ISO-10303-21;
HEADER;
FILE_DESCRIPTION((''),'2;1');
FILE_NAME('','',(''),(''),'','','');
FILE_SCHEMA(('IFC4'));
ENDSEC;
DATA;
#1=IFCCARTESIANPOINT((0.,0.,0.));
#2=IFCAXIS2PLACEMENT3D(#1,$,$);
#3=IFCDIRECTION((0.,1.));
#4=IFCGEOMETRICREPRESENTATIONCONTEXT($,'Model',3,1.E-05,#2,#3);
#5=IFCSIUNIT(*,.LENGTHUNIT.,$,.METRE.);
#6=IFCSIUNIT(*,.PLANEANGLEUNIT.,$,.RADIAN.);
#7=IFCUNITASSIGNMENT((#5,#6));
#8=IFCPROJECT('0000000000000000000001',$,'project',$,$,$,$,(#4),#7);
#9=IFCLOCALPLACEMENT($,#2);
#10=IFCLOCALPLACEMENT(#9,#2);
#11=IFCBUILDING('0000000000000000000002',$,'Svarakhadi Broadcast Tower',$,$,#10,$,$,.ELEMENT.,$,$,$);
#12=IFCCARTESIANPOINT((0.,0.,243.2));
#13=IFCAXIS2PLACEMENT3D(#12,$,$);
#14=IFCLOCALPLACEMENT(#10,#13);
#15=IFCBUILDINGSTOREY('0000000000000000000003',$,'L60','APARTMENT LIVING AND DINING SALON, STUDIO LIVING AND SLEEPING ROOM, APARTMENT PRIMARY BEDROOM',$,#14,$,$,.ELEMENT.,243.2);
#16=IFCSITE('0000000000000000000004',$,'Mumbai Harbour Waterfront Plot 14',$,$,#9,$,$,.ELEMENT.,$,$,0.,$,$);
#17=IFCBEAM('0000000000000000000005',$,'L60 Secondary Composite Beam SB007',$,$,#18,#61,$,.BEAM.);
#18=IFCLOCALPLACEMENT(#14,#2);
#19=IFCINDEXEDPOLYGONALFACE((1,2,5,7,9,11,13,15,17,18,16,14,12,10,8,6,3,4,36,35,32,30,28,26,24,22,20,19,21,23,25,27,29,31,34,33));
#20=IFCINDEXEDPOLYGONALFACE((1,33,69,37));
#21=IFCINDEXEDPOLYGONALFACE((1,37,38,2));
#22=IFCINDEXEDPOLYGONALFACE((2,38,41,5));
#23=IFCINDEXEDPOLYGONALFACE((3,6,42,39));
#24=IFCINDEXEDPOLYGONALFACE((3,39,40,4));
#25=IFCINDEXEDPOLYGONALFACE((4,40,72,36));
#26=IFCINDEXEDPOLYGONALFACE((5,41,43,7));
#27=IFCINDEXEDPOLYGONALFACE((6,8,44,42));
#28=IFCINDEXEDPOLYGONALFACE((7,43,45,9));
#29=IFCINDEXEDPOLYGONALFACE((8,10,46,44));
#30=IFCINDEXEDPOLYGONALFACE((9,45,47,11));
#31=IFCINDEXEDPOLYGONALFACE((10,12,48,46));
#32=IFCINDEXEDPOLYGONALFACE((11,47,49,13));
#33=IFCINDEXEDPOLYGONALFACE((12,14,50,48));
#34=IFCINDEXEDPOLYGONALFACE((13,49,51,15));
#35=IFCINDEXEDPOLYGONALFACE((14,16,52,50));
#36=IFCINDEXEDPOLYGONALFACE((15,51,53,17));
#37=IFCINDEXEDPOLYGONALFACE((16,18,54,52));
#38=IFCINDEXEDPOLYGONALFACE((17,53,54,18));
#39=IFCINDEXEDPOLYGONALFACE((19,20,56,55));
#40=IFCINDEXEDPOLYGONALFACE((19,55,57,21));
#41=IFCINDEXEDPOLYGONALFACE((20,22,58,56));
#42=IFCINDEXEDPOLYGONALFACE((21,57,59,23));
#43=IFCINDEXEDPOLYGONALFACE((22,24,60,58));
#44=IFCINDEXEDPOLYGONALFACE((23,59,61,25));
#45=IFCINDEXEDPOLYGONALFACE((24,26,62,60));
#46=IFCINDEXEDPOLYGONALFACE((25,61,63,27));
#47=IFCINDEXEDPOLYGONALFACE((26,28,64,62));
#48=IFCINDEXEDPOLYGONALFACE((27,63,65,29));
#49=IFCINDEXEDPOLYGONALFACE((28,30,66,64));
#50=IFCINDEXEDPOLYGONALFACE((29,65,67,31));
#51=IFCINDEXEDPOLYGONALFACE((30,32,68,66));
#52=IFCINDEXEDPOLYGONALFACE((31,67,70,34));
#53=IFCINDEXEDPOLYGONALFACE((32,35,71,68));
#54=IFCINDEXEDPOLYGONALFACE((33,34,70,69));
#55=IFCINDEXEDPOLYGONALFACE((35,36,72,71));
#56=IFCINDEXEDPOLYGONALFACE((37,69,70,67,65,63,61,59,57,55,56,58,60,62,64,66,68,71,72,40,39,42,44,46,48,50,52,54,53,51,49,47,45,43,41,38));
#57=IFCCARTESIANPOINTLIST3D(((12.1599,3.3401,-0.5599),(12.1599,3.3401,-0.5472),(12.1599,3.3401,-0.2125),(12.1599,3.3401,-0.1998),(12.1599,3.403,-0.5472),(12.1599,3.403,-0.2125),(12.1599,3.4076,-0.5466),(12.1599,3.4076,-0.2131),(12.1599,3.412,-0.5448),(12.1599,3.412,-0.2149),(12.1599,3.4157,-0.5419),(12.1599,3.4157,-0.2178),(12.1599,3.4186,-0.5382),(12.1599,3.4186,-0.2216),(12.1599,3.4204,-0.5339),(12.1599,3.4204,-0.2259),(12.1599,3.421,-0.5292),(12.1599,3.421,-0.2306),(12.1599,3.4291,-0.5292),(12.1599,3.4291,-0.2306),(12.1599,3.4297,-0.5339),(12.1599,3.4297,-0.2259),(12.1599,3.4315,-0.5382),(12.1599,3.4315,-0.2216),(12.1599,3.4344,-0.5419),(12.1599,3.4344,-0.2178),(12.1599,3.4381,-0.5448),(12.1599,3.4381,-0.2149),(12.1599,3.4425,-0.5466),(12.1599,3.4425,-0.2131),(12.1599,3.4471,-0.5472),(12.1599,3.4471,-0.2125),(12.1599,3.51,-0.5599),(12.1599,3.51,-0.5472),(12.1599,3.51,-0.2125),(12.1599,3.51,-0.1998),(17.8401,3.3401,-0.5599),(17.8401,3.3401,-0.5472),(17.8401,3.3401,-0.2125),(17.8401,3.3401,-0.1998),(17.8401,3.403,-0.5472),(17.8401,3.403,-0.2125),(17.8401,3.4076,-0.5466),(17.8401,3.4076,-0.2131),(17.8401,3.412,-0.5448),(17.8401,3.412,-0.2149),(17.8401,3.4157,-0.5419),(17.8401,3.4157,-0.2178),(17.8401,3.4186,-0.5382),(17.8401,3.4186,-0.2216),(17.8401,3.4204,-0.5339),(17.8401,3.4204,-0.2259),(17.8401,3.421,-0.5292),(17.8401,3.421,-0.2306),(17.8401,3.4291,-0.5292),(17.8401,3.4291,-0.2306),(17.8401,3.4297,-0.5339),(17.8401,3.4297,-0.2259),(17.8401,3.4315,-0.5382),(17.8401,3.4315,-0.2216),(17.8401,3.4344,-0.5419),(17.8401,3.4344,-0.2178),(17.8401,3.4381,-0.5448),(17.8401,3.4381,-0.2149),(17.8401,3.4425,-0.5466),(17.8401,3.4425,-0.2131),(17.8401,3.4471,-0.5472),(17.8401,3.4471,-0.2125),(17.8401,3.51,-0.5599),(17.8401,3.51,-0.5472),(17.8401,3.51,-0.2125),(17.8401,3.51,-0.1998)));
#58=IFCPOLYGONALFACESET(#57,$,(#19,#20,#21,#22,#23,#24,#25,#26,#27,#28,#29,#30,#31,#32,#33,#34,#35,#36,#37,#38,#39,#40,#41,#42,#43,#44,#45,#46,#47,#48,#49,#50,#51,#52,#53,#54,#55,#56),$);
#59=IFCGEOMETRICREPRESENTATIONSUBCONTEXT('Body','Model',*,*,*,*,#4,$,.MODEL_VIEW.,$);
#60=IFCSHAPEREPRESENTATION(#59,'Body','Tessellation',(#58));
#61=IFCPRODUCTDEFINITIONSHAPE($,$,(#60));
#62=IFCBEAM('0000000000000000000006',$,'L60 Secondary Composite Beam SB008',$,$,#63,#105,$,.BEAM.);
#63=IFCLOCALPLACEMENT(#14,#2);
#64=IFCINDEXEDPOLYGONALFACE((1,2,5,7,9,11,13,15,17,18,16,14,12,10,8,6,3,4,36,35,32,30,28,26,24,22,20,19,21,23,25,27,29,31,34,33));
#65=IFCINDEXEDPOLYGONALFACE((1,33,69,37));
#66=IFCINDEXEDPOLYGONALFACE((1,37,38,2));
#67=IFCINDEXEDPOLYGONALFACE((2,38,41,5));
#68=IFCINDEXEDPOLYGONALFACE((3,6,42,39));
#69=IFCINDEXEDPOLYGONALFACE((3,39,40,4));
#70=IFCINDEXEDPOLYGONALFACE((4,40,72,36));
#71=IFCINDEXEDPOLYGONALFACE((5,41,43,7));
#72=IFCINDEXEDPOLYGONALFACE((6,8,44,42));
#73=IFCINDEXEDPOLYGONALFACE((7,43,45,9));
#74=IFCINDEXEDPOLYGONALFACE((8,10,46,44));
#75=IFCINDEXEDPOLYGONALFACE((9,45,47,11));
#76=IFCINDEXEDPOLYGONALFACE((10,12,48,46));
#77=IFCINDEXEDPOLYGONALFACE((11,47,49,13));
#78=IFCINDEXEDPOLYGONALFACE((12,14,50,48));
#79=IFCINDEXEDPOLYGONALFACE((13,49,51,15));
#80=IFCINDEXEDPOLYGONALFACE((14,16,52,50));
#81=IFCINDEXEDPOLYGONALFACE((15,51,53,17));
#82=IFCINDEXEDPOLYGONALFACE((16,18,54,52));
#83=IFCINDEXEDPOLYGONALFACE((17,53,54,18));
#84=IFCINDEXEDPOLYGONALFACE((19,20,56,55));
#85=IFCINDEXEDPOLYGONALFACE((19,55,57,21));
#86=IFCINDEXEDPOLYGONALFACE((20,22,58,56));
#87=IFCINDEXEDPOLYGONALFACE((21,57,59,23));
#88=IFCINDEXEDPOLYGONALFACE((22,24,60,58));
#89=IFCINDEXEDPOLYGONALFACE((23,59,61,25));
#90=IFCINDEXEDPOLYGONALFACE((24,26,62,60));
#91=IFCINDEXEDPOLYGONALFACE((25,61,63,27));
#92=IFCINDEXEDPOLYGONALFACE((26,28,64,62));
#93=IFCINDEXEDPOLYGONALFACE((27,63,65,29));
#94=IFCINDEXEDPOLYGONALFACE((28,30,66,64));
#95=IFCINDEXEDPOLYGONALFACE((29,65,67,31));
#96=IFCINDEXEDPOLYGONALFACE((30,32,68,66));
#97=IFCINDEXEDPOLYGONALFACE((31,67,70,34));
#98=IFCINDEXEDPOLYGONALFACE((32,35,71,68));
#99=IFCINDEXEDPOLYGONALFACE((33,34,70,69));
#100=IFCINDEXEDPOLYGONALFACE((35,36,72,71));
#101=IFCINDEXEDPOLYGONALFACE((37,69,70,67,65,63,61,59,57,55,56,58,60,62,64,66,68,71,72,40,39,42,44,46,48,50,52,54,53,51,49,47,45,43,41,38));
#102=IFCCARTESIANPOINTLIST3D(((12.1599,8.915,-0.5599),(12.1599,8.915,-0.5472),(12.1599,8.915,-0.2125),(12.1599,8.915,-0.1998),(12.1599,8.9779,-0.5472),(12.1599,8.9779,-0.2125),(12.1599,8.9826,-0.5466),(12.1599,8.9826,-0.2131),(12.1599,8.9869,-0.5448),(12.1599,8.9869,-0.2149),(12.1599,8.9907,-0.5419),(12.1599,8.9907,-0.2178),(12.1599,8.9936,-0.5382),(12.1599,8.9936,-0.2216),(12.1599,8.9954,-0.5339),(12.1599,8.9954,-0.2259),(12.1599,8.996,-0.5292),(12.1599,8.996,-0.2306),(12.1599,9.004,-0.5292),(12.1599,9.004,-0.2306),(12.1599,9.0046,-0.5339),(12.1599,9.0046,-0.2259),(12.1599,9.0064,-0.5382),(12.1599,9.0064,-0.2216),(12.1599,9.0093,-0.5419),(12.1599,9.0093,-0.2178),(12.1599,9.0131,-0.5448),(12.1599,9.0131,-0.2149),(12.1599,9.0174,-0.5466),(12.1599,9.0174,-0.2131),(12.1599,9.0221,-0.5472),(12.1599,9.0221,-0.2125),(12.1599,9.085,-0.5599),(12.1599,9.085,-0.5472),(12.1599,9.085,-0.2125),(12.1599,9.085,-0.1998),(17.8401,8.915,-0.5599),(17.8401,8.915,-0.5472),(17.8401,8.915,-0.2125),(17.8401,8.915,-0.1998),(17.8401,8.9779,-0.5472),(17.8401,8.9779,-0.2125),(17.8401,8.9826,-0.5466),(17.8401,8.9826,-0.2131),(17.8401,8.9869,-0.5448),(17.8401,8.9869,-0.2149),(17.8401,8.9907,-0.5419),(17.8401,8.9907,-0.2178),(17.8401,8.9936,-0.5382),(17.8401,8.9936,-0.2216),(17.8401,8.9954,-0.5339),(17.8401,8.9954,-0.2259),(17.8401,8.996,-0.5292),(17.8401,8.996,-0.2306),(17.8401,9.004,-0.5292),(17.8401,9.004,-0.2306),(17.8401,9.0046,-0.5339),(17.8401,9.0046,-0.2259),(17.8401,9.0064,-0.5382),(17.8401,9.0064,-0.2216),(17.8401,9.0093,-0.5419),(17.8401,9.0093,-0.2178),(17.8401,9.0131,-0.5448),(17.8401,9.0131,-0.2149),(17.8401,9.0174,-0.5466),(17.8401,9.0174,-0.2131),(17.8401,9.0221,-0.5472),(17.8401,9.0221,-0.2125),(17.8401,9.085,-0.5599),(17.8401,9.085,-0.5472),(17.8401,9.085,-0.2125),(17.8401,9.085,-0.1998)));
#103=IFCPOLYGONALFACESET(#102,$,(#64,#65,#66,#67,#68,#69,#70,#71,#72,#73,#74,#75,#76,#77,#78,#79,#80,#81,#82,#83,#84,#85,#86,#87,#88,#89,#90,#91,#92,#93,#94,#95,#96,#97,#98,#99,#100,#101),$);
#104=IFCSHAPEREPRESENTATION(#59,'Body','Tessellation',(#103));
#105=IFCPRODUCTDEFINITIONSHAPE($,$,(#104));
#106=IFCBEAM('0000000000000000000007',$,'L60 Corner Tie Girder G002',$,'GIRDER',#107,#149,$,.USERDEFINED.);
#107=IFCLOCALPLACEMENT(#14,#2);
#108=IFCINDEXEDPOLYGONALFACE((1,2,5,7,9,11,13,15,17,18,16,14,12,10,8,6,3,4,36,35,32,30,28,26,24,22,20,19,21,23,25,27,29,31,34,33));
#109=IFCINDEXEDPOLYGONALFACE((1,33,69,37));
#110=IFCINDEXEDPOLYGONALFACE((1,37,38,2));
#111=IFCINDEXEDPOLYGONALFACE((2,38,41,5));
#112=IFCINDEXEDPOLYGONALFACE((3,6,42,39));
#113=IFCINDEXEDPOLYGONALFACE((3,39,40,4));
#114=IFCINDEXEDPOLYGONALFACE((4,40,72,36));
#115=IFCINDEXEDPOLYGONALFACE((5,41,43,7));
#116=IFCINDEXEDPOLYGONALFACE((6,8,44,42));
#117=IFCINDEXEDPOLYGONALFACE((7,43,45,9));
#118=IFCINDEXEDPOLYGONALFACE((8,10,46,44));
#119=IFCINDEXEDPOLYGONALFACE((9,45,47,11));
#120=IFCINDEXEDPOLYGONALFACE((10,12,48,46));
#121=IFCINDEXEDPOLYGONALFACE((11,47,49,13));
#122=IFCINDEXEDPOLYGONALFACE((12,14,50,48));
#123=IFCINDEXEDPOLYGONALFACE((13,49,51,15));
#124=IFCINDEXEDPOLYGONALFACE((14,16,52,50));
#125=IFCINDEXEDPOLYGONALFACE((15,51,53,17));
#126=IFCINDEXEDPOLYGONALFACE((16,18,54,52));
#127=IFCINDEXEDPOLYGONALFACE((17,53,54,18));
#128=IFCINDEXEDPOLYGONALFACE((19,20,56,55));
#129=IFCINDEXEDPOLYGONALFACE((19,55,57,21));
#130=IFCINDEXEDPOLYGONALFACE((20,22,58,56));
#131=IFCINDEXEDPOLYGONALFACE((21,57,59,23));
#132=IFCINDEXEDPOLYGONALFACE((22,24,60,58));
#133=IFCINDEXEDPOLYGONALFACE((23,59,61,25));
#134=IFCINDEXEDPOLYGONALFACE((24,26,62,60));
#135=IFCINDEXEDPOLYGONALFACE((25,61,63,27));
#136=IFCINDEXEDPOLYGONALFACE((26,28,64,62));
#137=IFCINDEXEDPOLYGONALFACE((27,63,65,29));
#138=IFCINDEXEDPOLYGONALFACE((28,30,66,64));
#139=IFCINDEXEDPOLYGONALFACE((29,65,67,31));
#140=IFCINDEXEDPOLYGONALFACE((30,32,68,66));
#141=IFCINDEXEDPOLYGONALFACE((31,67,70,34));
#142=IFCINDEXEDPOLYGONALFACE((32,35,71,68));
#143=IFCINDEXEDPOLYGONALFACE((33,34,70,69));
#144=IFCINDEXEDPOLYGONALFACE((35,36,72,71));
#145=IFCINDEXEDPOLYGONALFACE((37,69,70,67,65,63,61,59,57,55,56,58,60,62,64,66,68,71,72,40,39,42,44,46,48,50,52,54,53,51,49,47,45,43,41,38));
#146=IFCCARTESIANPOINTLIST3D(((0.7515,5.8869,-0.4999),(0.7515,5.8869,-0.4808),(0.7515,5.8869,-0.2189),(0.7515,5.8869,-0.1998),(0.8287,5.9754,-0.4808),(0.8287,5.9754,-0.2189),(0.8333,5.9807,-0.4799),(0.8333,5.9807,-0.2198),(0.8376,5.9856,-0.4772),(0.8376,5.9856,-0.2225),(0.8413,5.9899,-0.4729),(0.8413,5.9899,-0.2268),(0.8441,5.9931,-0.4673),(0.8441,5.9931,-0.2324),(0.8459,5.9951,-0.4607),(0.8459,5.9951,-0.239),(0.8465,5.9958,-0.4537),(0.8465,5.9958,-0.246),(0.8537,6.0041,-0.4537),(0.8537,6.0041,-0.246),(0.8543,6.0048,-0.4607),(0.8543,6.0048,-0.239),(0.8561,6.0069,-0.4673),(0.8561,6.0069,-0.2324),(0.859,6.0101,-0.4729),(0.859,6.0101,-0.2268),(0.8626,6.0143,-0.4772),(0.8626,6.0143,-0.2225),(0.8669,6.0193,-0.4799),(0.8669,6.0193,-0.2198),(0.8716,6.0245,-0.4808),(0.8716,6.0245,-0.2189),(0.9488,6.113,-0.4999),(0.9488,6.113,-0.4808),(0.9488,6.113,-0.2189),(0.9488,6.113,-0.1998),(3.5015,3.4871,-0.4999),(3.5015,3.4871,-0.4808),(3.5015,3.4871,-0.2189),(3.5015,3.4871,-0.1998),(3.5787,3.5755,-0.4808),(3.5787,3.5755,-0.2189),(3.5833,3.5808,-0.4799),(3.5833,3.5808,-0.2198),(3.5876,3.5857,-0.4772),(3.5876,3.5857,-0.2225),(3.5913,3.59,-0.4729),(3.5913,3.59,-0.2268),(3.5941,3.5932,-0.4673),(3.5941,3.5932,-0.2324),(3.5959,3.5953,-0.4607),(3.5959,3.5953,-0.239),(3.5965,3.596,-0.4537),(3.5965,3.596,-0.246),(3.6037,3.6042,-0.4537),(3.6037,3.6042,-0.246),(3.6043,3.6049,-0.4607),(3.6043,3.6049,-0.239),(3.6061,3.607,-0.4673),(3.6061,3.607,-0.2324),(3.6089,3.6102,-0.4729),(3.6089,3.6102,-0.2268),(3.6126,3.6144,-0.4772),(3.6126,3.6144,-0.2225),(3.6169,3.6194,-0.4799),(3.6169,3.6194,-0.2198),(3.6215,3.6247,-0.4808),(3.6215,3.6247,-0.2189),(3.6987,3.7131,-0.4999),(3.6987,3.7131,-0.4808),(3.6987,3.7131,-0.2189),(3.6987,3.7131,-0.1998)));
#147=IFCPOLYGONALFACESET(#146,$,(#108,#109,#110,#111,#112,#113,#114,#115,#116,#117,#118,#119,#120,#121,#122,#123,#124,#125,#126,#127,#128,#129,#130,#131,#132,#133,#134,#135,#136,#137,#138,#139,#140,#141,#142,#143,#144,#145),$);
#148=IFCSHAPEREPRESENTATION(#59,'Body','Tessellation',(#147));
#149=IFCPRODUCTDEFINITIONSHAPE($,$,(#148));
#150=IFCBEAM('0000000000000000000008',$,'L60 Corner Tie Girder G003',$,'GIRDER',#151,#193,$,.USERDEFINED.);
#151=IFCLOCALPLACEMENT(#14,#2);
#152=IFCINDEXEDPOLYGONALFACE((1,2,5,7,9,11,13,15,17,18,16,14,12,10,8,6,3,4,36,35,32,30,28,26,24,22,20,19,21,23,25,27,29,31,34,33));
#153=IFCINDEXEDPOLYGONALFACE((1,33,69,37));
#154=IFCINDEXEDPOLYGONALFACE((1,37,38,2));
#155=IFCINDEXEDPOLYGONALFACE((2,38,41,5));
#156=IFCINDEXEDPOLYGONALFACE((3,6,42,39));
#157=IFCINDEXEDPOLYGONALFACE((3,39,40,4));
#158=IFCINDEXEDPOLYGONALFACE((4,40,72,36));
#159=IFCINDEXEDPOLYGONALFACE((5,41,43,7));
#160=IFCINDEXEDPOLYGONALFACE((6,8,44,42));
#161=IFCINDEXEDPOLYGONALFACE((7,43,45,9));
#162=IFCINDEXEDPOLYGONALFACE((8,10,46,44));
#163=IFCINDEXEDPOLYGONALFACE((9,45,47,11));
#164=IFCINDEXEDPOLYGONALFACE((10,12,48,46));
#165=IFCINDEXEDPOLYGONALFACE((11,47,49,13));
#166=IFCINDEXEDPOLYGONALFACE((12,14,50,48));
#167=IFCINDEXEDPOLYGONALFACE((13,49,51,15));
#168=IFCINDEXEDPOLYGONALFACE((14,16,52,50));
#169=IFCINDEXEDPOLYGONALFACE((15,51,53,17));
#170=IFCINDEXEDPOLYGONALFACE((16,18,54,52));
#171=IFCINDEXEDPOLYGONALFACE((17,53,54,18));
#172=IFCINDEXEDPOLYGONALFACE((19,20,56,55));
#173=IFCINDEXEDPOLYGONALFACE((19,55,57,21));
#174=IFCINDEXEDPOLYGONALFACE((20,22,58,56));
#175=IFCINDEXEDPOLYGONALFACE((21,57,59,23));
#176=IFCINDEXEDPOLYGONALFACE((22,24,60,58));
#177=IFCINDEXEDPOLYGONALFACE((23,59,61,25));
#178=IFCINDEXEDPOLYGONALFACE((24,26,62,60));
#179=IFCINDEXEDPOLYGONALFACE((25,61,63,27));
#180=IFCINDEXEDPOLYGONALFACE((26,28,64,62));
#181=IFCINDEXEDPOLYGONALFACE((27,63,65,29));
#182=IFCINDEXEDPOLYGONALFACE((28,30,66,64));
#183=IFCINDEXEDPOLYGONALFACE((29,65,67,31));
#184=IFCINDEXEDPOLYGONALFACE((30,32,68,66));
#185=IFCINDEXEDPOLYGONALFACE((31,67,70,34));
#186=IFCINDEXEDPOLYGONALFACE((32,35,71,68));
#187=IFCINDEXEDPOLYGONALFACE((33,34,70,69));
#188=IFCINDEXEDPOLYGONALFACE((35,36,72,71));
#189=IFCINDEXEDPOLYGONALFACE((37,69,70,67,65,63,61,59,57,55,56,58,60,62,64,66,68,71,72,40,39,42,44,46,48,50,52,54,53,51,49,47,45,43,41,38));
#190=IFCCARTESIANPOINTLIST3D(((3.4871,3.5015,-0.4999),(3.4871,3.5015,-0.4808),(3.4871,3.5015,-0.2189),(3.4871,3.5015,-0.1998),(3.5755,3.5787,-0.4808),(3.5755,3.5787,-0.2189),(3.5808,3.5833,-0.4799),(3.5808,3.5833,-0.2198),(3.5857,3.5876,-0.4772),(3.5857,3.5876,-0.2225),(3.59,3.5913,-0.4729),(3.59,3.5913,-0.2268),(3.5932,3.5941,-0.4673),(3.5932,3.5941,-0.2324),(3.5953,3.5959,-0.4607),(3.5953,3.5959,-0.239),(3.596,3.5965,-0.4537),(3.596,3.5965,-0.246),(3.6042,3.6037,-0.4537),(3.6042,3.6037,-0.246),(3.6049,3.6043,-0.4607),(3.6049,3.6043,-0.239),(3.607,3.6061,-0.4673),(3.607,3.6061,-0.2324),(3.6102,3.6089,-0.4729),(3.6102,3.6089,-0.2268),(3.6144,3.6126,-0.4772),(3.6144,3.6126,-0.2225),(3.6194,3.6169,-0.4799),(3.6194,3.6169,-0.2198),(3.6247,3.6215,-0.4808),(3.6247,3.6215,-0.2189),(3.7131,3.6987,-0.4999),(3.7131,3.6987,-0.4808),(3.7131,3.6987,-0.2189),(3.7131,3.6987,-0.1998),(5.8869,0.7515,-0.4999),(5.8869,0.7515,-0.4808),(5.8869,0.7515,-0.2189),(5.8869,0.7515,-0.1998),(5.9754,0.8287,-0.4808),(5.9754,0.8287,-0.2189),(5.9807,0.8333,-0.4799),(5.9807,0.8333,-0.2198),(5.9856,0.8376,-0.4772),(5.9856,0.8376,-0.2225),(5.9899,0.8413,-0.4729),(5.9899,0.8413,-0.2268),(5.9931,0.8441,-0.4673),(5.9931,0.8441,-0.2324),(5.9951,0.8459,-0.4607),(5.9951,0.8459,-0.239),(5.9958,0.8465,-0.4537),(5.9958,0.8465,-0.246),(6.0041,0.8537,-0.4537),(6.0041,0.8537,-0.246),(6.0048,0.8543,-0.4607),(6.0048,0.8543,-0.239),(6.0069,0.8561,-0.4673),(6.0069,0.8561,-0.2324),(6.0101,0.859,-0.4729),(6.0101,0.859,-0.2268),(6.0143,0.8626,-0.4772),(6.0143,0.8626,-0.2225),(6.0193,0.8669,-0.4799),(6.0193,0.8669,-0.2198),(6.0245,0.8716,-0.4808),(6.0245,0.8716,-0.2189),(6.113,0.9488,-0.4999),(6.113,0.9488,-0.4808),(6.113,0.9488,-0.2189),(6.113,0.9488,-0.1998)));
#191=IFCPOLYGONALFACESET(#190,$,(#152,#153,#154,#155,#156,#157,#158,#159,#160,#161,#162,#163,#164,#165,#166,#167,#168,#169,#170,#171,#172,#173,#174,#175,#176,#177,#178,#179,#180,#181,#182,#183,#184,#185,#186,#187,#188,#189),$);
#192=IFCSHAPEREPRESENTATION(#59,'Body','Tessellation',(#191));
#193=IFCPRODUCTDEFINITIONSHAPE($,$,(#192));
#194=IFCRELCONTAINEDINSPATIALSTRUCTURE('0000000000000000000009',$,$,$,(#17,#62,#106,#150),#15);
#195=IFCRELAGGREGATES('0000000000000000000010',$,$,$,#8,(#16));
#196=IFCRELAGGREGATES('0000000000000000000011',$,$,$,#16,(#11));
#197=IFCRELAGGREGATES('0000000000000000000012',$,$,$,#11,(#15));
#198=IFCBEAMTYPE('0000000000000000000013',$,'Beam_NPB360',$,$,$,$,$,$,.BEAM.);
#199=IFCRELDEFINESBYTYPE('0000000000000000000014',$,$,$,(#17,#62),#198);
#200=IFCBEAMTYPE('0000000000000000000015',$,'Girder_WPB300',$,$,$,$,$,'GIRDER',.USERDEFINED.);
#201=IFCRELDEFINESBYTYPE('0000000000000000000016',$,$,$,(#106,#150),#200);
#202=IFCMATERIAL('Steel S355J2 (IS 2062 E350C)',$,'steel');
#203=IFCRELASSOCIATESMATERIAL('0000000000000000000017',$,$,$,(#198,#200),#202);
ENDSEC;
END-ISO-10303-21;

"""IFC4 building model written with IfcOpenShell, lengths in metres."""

from ifc_helpers import new_model, si_unit, direction, frame, origin, origin_2d, place, context, subcontext, project, spatial, i_section, extrude, material, material_profile, profile_set, type_object, element, save


model = new_model("IFC4")

# Units and contexts
model_context = context("Model", 3, precision=1e-05, world=origin(), true_north=direction((0.0, 1.0)))
body_context = subcontext(model_context, "Body", "Model", "MODEL_VIEW")
ifc_project = project(units=[si_unit("LENGTHUNIT", "METRE"), si_unit("PLANEANGLEUNIT", "RADIAN")], contexts=[model_context])

# Site, building, storey
site_placement = place(None, origin())
site = spatial("IfcSite", under=ifc_project, at=site_placement, Name="Mumbai Harbour Waterfront Plot 14", CompositionType="ELEMENT", RefElevation=0.0)
building_placement = place(site_placement, origin())
building = spatial("IfcBuilding", under=site, at=building_placement, Name="Svarakhadi Broadcast Tower", CompositionType="ELEMENT")
storey_placement = place(building_placement, frame((0.0, 0.0, 243.2)))
storey = spatial("IfcBuildingStorey", under=building, at=storey_placement, Name="L60", Description="APARTMENT LIVING AND DINING SALON, STUDIO LIVING AND SLEEPING ROOM, APARTMENT PRIMARY BEDROOM", CompositionType="ELEMENT", Elevation=243.2)

# Beams
ifc_material_1 = material(Name="Steel S355J2 (IS 2062 E350C)", Category="steel")
ifc_material_profile_1 = material_profile(ifc_material_1, i_section(OverallWidth=0.1699, OverallDepth=0.3601, WebThickness=0.0081, FlangeThickness=0.0127, FilletRadius=0.0181, at=origin_2d()), Name="NPB 360x170x57")
ifc_profile_set_1 = profile_set([ifc_material_profile_1], Name="Steel S355J2 (IS 2062 E350C)")
beam_type_1 = type_object("IfcBeamType", Name="Beam_NPB360", PredefinedType="BEAM", material=ifc_profile_set_1)
for number, where, z_axis, x_axis, name in (
    (1, (12.1599, 3.425, -0.3799), (1.0, 0.0, 0.0), (0.0, 1.0, 0.0), "L60 Secondary Composite Beam SB007"),
    (2, (12.1599, 9.0, -0.3799), (1.0, 0.0, 0.0), (0.0, 1.0, 0.0), "L60 Secondary Composite Beam SB008"),
):
    element("IfcBeam", number, at=place(storey_placement, frame(where, z_axis=z_axis, x_axis=x_axis)), inside=storey, type_object=beam_type_1, Name=name, PredefinedType="BEAM", context=body_context, shape_type="SweptSolid", body=[
        extrude(i_section(OverallWidth=0.1699, OverallDepth=0.3601, WebThickness=0.0081, FlangeThickness=0.0127, FilletRadius=0.0181, at=origin_2d()), origin(), (0.0, 0.0, 1.0), 5.6802),
    ])
ifc_material_profile_2 = material_profile(ifc_material_1, i_section(OverallWidth=0.3, OverallDepth=0.3, WebThickness=0.011, FlangeThickness=0.019, FilletRadius=0.0271, at=origin_2d()), Name="WPB 300x300x117")
ifc_profile_set_2 = profile_set([ifc_material_profile_2], Name="Steel S355J2 (IS 2062 E350C)")
beam_type_2 = type_object("IfcBeamType", Name="Girder_WPB300", ElementType="GIRDER", PredefinedType="USERDEFINED", material=ifc_profile_set_2)
for number, where, z_axis, x_axis, name in (
    (3, (3.6001, 3.6001, -0.3499), (-0.753438, 0.657519, 0.0), (-0.657519, -0.753438, 0.0), "L60 Corner Tie Girder G002"),
    (4, (3.6001, 3.6001, -0.3499), (0.657519, -0.753438, 0.0), (0.753438, 0.657519, 0.0), "L60 Corner Tie Girder G003"),
):
    element("IfcBeam", number, at=place(storey_placement, frame(where, z_axis=z_axis, x_axis=x_axis)), inside=storey, type_object=beam_type_2, Name=name, ObjectType="GIRDER", PredefinedType="USERDEFINED", context=body_context, shape_type="SweptSolid", body=[
        extrude(i_section(OverallWidth=0.3, OverallDepth=0.3, WebThickness=0.011, FlangeThickness=0.019, FilletRadius=0.0271, at=origin_2d()), origin(), (0.0, 0.0, 1.0), 3.6499),
    ])

save(model, "model.ifc")
